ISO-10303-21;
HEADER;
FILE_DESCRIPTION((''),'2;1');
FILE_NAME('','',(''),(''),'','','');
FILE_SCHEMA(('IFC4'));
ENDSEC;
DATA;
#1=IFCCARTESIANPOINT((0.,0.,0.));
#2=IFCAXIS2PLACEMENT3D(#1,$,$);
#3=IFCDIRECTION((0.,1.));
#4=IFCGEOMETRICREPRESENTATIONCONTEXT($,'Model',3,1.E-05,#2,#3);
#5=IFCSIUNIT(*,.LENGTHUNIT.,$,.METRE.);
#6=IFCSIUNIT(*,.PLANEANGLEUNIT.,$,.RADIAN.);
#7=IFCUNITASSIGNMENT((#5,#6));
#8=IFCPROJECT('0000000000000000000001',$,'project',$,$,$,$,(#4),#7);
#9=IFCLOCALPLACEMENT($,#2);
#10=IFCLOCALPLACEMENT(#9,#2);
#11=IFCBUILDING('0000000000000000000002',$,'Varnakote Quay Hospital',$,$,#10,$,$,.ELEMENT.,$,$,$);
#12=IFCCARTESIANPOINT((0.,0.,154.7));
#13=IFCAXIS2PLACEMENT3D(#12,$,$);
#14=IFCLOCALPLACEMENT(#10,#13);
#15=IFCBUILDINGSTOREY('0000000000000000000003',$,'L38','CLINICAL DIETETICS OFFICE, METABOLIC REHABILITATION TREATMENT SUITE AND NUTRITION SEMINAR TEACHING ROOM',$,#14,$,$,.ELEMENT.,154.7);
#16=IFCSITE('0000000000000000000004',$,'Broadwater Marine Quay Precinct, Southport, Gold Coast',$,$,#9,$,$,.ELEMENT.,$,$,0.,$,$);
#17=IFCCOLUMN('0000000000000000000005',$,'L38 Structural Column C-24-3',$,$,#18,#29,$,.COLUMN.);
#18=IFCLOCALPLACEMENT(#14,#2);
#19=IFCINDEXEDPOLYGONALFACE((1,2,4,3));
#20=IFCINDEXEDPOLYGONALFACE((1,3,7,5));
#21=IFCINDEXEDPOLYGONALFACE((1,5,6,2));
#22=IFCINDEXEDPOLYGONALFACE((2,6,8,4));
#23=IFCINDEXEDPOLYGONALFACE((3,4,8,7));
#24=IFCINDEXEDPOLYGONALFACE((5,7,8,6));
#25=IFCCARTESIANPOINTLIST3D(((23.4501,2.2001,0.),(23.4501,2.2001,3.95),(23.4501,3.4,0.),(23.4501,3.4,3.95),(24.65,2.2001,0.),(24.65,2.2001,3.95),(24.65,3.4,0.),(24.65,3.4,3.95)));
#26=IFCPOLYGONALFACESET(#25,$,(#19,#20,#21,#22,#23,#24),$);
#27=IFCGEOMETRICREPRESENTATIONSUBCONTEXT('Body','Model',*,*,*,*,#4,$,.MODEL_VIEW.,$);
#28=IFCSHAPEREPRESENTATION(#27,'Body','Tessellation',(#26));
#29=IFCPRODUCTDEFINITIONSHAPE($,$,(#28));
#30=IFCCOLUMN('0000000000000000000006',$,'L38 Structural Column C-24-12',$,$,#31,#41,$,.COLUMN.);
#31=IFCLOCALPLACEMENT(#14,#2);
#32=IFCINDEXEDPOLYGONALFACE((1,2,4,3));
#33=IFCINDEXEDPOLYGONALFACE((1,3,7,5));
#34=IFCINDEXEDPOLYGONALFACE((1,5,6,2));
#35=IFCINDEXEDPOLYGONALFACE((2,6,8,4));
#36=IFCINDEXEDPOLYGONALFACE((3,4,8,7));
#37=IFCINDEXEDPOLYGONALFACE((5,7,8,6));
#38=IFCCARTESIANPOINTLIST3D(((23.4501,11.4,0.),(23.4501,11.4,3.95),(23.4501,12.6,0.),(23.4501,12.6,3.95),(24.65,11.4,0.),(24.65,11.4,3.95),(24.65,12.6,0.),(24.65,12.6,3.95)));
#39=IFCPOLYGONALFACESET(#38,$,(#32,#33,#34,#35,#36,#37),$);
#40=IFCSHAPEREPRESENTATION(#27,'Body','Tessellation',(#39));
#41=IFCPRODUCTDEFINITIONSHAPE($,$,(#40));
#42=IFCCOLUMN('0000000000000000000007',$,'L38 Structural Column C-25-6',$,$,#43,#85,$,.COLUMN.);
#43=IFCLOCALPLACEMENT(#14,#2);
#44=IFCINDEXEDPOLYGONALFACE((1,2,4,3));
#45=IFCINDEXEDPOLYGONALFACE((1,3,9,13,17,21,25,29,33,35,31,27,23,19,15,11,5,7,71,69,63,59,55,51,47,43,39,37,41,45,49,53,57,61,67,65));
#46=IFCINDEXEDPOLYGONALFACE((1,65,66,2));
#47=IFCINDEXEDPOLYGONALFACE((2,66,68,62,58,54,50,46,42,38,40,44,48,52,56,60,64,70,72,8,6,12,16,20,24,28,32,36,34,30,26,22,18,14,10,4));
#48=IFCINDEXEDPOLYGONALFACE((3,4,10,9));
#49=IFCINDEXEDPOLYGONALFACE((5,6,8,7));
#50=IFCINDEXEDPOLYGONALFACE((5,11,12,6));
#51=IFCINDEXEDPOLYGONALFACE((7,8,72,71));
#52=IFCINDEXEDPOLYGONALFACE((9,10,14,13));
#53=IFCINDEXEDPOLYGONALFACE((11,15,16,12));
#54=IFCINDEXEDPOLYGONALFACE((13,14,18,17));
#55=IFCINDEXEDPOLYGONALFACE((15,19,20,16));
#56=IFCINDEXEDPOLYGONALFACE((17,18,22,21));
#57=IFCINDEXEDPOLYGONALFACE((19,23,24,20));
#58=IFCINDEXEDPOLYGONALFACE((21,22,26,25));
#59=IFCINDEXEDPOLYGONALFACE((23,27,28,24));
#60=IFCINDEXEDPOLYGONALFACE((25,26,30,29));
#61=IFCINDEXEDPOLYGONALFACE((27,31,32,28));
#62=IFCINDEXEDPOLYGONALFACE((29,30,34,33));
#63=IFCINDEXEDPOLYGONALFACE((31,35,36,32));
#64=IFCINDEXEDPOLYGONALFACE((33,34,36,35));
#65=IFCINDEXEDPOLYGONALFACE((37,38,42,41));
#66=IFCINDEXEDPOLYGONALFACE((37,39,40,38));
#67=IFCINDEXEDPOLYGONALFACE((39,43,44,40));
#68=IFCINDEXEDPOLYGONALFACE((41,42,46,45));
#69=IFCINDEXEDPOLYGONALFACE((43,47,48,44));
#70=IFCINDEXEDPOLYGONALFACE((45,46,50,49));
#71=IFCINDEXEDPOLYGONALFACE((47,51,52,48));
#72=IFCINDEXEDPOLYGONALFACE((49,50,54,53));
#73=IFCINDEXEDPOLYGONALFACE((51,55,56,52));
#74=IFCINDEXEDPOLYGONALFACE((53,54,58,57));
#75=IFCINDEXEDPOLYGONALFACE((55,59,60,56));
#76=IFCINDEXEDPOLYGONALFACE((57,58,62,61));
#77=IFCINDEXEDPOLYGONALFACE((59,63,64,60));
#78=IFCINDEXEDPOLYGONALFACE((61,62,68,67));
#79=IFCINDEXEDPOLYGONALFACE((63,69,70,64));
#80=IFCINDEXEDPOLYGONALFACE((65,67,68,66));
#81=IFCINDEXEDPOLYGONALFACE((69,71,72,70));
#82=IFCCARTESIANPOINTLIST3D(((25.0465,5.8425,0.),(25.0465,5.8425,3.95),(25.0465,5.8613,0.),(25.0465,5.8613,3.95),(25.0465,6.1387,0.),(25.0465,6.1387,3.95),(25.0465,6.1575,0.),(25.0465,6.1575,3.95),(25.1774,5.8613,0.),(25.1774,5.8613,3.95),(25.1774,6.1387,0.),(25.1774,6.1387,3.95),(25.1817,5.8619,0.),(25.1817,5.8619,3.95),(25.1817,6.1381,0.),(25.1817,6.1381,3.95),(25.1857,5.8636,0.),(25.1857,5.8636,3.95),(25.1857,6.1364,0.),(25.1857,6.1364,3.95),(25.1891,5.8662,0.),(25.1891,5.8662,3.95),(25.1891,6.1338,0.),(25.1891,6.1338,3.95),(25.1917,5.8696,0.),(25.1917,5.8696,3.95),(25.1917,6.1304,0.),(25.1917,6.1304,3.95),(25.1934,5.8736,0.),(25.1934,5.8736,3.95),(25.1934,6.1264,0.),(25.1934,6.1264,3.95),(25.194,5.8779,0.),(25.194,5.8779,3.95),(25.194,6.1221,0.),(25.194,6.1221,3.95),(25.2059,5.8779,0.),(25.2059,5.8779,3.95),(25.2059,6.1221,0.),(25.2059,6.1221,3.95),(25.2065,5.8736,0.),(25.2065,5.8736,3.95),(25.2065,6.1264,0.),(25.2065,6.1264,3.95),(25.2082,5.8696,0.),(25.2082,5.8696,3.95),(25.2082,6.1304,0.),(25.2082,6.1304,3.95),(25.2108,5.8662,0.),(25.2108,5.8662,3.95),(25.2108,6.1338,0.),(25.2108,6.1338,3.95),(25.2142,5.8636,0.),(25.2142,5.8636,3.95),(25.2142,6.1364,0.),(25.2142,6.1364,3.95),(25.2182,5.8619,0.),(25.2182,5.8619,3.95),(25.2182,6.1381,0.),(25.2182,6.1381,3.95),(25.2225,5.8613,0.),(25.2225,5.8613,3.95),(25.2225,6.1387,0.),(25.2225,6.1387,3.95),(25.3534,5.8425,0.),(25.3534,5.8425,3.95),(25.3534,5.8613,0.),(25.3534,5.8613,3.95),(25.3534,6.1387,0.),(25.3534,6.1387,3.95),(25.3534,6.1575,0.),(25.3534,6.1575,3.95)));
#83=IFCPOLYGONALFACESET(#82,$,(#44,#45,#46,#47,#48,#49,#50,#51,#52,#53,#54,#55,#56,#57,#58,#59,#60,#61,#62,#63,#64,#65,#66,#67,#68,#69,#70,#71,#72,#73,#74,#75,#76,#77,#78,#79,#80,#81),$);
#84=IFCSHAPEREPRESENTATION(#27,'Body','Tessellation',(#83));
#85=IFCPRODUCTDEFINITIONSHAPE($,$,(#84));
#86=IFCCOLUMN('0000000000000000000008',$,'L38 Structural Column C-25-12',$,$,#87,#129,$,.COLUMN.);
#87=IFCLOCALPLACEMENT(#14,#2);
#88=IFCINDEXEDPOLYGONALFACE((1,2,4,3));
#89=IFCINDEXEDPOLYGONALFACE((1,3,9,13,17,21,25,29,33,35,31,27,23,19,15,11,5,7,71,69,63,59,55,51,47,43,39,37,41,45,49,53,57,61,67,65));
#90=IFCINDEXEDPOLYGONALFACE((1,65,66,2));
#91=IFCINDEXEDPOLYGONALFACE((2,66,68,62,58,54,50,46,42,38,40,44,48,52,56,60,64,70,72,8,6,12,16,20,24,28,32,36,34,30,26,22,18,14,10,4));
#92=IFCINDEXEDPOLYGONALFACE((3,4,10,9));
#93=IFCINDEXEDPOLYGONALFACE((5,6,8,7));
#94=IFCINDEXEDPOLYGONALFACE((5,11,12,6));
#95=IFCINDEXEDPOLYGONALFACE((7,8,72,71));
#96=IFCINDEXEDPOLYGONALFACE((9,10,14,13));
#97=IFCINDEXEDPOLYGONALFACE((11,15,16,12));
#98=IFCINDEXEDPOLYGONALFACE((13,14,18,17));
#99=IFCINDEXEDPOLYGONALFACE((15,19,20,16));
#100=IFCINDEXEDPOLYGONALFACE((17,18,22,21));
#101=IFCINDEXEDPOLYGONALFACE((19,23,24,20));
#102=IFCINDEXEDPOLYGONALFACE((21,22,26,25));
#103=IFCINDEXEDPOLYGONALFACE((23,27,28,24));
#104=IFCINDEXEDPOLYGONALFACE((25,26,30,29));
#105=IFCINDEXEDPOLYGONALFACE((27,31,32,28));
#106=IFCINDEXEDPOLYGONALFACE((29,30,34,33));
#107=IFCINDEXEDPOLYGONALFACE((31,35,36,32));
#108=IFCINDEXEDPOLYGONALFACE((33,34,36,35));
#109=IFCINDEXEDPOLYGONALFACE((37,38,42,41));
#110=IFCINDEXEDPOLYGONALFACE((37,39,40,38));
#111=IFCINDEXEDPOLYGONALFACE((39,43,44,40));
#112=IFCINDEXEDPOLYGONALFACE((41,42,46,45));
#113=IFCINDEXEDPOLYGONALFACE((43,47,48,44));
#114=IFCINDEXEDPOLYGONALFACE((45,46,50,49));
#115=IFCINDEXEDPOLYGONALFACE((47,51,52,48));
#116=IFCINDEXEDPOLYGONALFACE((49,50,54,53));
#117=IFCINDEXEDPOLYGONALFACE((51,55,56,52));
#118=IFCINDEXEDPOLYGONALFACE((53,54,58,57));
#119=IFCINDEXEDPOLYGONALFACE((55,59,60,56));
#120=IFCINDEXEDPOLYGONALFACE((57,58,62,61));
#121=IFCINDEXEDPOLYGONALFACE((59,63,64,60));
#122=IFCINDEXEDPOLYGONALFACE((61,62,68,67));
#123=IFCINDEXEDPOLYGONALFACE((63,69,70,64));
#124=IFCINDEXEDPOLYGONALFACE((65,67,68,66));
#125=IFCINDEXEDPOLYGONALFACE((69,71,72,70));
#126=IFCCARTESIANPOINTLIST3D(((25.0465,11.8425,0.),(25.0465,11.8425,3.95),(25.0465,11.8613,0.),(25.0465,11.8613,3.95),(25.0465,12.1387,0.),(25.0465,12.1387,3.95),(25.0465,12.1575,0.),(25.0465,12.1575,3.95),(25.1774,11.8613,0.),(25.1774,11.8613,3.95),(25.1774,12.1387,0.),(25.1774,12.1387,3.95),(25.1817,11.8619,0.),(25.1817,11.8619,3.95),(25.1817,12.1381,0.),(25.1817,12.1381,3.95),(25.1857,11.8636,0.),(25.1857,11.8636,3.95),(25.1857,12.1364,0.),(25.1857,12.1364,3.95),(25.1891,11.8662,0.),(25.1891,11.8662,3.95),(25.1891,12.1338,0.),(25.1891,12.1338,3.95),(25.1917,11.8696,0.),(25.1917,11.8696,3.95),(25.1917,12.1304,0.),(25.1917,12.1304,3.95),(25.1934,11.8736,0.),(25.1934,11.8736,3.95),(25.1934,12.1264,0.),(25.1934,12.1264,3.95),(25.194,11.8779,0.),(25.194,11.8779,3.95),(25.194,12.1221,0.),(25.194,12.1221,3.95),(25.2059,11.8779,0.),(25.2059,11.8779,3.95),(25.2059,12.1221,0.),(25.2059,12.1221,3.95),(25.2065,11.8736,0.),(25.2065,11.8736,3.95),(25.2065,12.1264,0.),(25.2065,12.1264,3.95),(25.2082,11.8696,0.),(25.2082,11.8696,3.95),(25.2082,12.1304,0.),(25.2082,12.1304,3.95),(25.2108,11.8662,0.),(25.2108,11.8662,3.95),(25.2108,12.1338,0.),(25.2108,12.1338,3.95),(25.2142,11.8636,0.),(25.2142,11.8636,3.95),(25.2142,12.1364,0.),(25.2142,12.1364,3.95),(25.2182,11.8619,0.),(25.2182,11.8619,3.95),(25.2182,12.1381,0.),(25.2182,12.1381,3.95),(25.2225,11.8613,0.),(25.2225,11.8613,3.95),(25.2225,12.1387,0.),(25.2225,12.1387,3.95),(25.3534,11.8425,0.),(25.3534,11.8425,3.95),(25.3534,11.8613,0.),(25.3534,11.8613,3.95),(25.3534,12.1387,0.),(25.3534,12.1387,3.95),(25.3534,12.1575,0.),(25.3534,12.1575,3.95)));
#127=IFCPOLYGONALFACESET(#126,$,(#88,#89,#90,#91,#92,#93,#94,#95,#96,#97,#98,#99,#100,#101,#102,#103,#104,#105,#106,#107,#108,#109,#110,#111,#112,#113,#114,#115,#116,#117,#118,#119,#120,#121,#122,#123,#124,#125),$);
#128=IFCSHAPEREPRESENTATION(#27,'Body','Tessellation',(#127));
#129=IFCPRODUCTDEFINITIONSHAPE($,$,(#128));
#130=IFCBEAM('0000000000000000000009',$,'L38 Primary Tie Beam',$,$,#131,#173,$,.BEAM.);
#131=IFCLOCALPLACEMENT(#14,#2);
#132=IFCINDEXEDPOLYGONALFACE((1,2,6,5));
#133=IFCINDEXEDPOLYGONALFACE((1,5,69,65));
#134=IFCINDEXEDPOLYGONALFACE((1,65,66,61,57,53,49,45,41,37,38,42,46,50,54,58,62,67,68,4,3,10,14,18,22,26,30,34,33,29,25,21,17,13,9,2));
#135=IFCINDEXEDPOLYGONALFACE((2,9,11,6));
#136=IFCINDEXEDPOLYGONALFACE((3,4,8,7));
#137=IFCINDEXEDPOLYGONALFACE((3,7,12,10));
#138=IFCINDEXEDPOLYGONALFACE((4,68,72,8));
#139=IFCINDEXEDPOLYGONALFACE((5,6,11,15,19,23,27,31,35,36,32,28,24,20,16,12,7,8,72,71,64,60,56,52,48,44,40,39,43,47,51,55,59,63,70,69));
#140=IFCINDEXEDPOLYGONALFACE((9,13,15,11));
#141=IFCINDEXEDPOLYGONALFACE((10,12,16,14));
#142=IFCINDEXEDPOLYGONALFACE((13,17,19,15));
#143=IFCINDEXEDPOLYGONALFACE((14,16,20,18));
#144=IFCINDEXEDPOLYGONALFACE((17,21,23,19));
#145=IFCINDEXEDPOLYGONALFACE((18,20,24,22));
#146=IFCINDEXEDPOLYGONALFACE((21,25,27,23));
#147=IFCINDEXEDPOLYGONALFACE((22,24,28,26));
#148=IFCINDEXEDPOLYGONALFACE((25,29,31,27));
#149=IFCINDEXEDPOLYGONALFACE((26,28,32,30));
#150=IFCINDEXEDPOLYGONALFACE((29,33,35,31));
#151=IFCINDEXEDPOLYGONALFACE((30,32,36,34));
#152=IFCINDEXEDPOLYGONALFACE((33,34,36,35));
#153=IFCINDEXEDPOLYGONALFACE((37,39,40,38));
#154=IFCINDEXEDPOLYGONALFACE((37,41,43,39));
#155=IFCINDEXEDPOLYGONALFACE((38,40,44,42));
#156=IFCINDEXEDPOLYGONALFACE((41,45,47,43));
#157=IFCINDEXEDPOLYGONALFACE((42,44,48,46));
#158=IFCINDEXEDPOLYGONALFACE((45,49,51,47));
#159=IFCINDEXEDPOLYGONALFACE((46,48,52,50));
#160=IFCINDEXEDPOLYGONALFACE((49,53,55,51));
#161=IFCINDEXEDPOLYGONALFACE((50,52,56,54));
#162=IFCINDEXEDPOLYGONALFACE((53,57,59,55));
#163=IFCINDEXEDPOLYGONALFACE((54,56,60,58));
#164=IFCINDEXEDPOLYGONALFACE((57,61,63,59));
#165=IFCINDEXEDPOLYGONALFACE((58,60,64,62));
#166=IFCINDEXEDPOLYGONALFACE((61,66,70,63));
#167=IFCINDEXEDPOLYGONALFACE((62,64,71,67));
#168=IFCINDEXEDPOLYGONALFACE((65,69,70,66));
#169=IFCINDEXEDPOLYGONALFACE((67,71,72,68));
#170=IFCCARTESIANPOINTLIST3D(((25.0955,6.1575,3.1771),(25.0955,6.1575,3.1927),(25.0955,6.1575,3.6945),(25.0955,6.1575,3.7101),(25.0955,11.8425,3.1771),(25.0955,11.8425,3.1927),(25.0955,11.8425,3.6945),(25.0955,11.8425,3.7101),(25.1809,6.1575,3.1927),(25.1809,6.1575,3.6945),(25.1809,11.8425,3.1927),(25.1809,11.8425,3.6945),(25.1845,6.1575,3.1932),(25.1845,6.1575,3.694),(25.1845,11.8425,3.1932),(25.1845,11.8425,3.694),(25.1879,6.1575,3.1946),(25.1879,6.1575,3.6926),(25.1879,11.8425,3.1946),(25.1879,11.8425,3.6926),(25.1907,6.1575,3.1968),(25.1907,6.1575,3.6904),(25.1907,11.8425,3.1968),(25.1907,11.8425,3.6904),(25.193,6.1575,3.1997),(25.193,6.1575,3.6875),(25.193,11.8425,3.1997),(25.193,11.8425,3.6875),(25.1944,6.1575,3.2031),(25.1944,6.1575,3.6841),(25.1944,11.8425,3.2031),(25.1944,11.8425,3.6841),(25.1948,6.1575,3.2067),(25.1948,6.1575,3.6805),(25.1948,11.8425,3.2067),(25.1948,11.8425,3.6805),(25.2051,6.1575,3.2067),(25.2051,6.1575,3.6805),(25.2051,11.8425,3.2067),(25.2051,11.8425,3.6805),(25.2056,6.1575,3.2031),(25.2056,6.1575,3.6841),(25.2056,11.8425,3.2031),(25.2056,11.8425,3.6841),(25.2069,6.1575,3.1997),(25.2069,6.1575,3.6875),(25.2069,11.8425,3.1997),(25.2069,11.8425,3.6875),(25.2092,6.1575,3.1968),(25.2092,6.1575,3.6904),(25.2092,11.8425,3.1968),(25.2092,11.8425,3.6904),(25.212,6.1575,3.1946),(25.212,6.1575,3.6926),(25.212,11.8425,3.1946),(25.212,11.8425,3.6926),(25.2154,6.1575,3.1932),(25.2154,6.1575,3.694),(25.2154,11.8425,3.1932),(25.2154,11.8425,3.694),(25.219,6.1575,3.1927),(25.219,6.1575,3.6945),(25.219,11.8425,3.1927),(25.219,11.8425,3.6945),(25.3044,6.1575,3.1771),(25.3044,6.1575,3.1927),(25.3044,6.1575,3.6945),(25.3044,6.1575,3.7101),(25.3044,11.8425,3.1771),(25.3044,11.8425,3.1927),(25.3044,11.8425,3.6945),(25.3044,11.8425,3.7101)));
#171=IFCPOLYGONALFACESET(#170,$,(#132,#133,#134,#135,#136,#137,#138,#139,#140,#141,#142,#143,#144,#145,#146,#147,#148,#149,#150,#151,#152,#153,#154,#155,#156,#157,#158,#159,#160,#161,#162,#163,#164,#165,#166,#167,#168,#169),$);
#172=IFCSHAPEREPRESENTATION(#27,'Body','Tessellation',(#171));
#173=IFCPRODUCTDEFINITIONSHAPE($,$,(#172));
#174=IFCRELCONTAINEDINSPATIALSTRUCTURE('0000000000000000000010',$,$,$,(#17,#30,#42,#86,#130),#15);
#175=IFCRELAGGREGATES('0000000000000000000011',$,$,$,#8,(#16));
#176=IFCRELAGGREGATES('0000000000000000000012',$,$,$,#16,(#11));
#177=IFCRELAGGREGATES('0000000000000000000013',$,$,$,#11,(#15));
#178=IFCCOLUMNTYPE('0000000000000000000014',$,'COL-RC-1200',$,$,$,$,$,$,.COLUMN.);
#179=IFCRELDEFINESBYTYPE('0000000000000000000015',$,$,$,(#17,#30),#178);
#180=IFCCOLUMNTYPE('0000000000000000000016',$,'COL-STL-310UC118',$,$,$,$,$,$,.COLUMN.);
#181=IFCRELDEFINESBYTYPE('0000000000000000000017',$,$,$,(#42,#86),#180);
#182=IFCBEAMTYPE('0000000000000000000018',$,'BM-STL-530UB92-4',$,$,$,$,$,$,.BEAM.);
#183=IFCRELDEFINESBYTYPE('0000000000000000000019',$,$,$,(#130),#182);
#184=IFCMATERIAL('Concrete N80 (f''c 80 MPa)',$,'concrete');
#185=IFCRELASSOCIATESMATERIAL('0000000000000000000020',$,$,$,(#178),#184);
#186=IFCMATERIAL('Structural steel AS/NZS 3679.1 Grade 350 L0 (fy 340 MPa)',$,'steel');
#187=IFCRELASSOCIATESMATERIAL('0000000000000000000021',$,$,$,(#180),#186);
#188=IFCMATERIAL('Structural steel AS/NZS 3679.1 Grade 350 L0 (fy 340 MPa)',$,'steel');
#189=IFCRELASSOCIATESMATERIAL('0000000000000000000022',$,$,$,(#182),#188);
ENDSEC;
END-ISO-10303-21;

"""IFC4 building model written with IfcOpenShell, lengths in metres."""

from ifc_helpers import new_model, si_unit, direction, frame, origin, origin_2d, place, context, subcontext, project, spatial, rectangle, i_section, extrude, material, material_profile, profile_set, type_object, element, save


model = new_model("IFC4")

# Units and contexts
model_context = context("Model", 3, precision=1e-05, world=origin(), true_north=direction((0.0, 1.0)))
body_context = subcontext(model_context, "Body", "Model", "MODEL_VIEW")
ifc_project = project(units=[si_unit("LENGTHUNIT", "METRE"), si_unit("PLANEANGLEUNIT", "RADIAN")], contexts=[model_context])

# Site, building, storey
site_placement = place(None, origin())
site = spatial("IfcSite", under=ifc_project, at=site_placement, Name="Broadwater Marine Quay Precinct, Southport, Gold Coast", CompositionType="ELEMENT", RefElevation=0.0)
building_placement = place(site_placement, origin())
building = spatial("IfcBuilding", under=site, at=building_placement, Name="Varnakote Quay Hospital", CompositionType="ELEMENT")
storey_placement = place(building_placement, frame((0.0, 0.0, 154.7)))
storey = spatial("IfcBuildingStorey", under=building, at=storey_placement, Name="L38", Description="CLINICAL DIETETICS OFFICE, METABOLIC REHABILITATION TREATMENT SUITE AND NUTRITION SEMINAR TEACHING ROOM", CompositionType="ELEMENT", Elevation=154.7)

# Columns
ifc_material_1 = material(Name="Concrete N80 (f'c 80 MPa)", Category="concrete")
ifc_material_profile_1 = material_profile(ifc_material_1, rectangle(XDim=1.2, YDim=1.2, at=origin_2d()), Name="RC-COL-1200x1200")
ifc_profile_set_1 = profile_set([ifc_material_profile_1], Name="Concrete N80 (f'c 80 MPa)")
column_type_1 = type_object("IfcColumnType", Name="COL-RC-1200", PredefinedType="COLUMN", material=ifc_profile_set_1)
for number, where, z_axis, x_axis, name in (
    (1, (24.05, 2.8, 0.0), (0.0, 0.0, 1.0), (1.0, 0.0, 0.0), "L38 Structural Column C-24-3"),
    (2, (24.05, 12.0, 0.0), (0.0, 0.0, 1.0), (1.0, 0.0, 0.0), "L38 Structural Column C-24-12"),
):
    element("IfcColumn", number, at=place(storey_placement, frame(where, z_axis=z_axis, x_axis=x_axis)), inside=storey, type_object=column_type_1, Name=name, PredefinedType="COLUMN", context=body_context, shape_type="SweptSolid", body=[
        extrude(rectangle(XDim=1.2, YDim=1.2, at=origin_2d()), origin(), (0.0, 0.0, 1.0), 3.95),
    ])
ifc_material_2 = material(Name="Structural steel AS/NZS 3679.1 Grade 350 L0 (fy 340 MPa)", Category="steel")
ifc_material_profile_2 = material_profile(ifc_material_2, i_section(OverallWidth=0.3069, OverallDepth=0.3149, WebThickness=0.012, FlangeThickness=0.0188, FilletRadius=0.0166, at=origin_2d()), Name="310UC118")
ifc_profile_set_2 = profile_set([ifc_material_profile_2], Name="Structural steel AS/NZS 3679.1 Grade 350 L0 (fy 340 MPa)")
column_type_2 = type_object("IfcColumnType", Name="COL-STL-310UC118", PredefinedType="COLUMN", material=ifc_profile_set_2)
for number, where, z_axis, x_axis, name in (
    (3, (25.2, 6.0, 0.0), (0.0, 0.0, 1.0), (1.0, 0.0, 0.0), "L38 Structural Column C-25-6"),
    (4, (25.2, 12.0, 0.0), (0.0, 0.0, 1.0), (1.0, 0.0, 0.0), "L38 Structural Column C-25-12"),
):
    element("IfcColumn", number, at=place(storey_placement, frame(where, z_axis=z_axis, x_axis=x_axis)), inside=storey, type_object=column_type_2, Name=name, PredefinedType="COLUMN", context=body_context, shape_type="SweptSolid", body=[
        extrude(i_section(OverallWidth=0.3069, OverallDepth=0.3149, WebThickness=0.012, FlangeThickness=0.0188, FilletRadius=0.0166, at=origin_2d()), origin(), (0.0, 0.0, 1.0), 3.95),
    ])

# Beam
ifc_material_3 = material(Name="Structural steel AS/NZS 3679.1 Grade 350 L0 (fy 340 MPa)", Category="steel")
ifc_material_profile_3 = material_profile(ifc_material_3, i_section(OverallWidth=0.209, OverallDepth=0.533, WebThickness=0.0103, FlangeThickness=0.0156, FilletRadius=0.0139, at=origin_2d()), Name="530UB92.4")
ifc_profile_set_3 = profile_set([ifc_material_profile_3], Name="Structural steel AS/NZS 3679.1 Grade 350 L0 (fy 340 MPa)")
beam_type_1 = type_object("IfcBeamType", Name="BM-STL-530UB92-4", PredefinedType="BEAM", material=ifc_profile_set_3)
beam_1_placement = place(storey_placement, frame((25.2, 6.1575, 3.4436), z_axis=(0.0, 1.0, 0.0), x_axis=(-1.0, 0.0, 0.0)))
element("IfcBeam", 5, at=beam_1_placement, inside=storey, type_object=beam_type_1, Name="L38 Primary Tie Beam", PredefinedType="BEAM", context=body_context, shape_type="SweptSolid", body=[
    extrude(i_section(OverallWidth=0.209, OverallDepth=0.533, WebThickness=0.0103, FlangeThickness=0.0156, FilletRadius=0.0139, at=origin_2d()), origin(), (0.0, 0.0, 1.0), 5.6851),
])

save(model, "model.ifc")
